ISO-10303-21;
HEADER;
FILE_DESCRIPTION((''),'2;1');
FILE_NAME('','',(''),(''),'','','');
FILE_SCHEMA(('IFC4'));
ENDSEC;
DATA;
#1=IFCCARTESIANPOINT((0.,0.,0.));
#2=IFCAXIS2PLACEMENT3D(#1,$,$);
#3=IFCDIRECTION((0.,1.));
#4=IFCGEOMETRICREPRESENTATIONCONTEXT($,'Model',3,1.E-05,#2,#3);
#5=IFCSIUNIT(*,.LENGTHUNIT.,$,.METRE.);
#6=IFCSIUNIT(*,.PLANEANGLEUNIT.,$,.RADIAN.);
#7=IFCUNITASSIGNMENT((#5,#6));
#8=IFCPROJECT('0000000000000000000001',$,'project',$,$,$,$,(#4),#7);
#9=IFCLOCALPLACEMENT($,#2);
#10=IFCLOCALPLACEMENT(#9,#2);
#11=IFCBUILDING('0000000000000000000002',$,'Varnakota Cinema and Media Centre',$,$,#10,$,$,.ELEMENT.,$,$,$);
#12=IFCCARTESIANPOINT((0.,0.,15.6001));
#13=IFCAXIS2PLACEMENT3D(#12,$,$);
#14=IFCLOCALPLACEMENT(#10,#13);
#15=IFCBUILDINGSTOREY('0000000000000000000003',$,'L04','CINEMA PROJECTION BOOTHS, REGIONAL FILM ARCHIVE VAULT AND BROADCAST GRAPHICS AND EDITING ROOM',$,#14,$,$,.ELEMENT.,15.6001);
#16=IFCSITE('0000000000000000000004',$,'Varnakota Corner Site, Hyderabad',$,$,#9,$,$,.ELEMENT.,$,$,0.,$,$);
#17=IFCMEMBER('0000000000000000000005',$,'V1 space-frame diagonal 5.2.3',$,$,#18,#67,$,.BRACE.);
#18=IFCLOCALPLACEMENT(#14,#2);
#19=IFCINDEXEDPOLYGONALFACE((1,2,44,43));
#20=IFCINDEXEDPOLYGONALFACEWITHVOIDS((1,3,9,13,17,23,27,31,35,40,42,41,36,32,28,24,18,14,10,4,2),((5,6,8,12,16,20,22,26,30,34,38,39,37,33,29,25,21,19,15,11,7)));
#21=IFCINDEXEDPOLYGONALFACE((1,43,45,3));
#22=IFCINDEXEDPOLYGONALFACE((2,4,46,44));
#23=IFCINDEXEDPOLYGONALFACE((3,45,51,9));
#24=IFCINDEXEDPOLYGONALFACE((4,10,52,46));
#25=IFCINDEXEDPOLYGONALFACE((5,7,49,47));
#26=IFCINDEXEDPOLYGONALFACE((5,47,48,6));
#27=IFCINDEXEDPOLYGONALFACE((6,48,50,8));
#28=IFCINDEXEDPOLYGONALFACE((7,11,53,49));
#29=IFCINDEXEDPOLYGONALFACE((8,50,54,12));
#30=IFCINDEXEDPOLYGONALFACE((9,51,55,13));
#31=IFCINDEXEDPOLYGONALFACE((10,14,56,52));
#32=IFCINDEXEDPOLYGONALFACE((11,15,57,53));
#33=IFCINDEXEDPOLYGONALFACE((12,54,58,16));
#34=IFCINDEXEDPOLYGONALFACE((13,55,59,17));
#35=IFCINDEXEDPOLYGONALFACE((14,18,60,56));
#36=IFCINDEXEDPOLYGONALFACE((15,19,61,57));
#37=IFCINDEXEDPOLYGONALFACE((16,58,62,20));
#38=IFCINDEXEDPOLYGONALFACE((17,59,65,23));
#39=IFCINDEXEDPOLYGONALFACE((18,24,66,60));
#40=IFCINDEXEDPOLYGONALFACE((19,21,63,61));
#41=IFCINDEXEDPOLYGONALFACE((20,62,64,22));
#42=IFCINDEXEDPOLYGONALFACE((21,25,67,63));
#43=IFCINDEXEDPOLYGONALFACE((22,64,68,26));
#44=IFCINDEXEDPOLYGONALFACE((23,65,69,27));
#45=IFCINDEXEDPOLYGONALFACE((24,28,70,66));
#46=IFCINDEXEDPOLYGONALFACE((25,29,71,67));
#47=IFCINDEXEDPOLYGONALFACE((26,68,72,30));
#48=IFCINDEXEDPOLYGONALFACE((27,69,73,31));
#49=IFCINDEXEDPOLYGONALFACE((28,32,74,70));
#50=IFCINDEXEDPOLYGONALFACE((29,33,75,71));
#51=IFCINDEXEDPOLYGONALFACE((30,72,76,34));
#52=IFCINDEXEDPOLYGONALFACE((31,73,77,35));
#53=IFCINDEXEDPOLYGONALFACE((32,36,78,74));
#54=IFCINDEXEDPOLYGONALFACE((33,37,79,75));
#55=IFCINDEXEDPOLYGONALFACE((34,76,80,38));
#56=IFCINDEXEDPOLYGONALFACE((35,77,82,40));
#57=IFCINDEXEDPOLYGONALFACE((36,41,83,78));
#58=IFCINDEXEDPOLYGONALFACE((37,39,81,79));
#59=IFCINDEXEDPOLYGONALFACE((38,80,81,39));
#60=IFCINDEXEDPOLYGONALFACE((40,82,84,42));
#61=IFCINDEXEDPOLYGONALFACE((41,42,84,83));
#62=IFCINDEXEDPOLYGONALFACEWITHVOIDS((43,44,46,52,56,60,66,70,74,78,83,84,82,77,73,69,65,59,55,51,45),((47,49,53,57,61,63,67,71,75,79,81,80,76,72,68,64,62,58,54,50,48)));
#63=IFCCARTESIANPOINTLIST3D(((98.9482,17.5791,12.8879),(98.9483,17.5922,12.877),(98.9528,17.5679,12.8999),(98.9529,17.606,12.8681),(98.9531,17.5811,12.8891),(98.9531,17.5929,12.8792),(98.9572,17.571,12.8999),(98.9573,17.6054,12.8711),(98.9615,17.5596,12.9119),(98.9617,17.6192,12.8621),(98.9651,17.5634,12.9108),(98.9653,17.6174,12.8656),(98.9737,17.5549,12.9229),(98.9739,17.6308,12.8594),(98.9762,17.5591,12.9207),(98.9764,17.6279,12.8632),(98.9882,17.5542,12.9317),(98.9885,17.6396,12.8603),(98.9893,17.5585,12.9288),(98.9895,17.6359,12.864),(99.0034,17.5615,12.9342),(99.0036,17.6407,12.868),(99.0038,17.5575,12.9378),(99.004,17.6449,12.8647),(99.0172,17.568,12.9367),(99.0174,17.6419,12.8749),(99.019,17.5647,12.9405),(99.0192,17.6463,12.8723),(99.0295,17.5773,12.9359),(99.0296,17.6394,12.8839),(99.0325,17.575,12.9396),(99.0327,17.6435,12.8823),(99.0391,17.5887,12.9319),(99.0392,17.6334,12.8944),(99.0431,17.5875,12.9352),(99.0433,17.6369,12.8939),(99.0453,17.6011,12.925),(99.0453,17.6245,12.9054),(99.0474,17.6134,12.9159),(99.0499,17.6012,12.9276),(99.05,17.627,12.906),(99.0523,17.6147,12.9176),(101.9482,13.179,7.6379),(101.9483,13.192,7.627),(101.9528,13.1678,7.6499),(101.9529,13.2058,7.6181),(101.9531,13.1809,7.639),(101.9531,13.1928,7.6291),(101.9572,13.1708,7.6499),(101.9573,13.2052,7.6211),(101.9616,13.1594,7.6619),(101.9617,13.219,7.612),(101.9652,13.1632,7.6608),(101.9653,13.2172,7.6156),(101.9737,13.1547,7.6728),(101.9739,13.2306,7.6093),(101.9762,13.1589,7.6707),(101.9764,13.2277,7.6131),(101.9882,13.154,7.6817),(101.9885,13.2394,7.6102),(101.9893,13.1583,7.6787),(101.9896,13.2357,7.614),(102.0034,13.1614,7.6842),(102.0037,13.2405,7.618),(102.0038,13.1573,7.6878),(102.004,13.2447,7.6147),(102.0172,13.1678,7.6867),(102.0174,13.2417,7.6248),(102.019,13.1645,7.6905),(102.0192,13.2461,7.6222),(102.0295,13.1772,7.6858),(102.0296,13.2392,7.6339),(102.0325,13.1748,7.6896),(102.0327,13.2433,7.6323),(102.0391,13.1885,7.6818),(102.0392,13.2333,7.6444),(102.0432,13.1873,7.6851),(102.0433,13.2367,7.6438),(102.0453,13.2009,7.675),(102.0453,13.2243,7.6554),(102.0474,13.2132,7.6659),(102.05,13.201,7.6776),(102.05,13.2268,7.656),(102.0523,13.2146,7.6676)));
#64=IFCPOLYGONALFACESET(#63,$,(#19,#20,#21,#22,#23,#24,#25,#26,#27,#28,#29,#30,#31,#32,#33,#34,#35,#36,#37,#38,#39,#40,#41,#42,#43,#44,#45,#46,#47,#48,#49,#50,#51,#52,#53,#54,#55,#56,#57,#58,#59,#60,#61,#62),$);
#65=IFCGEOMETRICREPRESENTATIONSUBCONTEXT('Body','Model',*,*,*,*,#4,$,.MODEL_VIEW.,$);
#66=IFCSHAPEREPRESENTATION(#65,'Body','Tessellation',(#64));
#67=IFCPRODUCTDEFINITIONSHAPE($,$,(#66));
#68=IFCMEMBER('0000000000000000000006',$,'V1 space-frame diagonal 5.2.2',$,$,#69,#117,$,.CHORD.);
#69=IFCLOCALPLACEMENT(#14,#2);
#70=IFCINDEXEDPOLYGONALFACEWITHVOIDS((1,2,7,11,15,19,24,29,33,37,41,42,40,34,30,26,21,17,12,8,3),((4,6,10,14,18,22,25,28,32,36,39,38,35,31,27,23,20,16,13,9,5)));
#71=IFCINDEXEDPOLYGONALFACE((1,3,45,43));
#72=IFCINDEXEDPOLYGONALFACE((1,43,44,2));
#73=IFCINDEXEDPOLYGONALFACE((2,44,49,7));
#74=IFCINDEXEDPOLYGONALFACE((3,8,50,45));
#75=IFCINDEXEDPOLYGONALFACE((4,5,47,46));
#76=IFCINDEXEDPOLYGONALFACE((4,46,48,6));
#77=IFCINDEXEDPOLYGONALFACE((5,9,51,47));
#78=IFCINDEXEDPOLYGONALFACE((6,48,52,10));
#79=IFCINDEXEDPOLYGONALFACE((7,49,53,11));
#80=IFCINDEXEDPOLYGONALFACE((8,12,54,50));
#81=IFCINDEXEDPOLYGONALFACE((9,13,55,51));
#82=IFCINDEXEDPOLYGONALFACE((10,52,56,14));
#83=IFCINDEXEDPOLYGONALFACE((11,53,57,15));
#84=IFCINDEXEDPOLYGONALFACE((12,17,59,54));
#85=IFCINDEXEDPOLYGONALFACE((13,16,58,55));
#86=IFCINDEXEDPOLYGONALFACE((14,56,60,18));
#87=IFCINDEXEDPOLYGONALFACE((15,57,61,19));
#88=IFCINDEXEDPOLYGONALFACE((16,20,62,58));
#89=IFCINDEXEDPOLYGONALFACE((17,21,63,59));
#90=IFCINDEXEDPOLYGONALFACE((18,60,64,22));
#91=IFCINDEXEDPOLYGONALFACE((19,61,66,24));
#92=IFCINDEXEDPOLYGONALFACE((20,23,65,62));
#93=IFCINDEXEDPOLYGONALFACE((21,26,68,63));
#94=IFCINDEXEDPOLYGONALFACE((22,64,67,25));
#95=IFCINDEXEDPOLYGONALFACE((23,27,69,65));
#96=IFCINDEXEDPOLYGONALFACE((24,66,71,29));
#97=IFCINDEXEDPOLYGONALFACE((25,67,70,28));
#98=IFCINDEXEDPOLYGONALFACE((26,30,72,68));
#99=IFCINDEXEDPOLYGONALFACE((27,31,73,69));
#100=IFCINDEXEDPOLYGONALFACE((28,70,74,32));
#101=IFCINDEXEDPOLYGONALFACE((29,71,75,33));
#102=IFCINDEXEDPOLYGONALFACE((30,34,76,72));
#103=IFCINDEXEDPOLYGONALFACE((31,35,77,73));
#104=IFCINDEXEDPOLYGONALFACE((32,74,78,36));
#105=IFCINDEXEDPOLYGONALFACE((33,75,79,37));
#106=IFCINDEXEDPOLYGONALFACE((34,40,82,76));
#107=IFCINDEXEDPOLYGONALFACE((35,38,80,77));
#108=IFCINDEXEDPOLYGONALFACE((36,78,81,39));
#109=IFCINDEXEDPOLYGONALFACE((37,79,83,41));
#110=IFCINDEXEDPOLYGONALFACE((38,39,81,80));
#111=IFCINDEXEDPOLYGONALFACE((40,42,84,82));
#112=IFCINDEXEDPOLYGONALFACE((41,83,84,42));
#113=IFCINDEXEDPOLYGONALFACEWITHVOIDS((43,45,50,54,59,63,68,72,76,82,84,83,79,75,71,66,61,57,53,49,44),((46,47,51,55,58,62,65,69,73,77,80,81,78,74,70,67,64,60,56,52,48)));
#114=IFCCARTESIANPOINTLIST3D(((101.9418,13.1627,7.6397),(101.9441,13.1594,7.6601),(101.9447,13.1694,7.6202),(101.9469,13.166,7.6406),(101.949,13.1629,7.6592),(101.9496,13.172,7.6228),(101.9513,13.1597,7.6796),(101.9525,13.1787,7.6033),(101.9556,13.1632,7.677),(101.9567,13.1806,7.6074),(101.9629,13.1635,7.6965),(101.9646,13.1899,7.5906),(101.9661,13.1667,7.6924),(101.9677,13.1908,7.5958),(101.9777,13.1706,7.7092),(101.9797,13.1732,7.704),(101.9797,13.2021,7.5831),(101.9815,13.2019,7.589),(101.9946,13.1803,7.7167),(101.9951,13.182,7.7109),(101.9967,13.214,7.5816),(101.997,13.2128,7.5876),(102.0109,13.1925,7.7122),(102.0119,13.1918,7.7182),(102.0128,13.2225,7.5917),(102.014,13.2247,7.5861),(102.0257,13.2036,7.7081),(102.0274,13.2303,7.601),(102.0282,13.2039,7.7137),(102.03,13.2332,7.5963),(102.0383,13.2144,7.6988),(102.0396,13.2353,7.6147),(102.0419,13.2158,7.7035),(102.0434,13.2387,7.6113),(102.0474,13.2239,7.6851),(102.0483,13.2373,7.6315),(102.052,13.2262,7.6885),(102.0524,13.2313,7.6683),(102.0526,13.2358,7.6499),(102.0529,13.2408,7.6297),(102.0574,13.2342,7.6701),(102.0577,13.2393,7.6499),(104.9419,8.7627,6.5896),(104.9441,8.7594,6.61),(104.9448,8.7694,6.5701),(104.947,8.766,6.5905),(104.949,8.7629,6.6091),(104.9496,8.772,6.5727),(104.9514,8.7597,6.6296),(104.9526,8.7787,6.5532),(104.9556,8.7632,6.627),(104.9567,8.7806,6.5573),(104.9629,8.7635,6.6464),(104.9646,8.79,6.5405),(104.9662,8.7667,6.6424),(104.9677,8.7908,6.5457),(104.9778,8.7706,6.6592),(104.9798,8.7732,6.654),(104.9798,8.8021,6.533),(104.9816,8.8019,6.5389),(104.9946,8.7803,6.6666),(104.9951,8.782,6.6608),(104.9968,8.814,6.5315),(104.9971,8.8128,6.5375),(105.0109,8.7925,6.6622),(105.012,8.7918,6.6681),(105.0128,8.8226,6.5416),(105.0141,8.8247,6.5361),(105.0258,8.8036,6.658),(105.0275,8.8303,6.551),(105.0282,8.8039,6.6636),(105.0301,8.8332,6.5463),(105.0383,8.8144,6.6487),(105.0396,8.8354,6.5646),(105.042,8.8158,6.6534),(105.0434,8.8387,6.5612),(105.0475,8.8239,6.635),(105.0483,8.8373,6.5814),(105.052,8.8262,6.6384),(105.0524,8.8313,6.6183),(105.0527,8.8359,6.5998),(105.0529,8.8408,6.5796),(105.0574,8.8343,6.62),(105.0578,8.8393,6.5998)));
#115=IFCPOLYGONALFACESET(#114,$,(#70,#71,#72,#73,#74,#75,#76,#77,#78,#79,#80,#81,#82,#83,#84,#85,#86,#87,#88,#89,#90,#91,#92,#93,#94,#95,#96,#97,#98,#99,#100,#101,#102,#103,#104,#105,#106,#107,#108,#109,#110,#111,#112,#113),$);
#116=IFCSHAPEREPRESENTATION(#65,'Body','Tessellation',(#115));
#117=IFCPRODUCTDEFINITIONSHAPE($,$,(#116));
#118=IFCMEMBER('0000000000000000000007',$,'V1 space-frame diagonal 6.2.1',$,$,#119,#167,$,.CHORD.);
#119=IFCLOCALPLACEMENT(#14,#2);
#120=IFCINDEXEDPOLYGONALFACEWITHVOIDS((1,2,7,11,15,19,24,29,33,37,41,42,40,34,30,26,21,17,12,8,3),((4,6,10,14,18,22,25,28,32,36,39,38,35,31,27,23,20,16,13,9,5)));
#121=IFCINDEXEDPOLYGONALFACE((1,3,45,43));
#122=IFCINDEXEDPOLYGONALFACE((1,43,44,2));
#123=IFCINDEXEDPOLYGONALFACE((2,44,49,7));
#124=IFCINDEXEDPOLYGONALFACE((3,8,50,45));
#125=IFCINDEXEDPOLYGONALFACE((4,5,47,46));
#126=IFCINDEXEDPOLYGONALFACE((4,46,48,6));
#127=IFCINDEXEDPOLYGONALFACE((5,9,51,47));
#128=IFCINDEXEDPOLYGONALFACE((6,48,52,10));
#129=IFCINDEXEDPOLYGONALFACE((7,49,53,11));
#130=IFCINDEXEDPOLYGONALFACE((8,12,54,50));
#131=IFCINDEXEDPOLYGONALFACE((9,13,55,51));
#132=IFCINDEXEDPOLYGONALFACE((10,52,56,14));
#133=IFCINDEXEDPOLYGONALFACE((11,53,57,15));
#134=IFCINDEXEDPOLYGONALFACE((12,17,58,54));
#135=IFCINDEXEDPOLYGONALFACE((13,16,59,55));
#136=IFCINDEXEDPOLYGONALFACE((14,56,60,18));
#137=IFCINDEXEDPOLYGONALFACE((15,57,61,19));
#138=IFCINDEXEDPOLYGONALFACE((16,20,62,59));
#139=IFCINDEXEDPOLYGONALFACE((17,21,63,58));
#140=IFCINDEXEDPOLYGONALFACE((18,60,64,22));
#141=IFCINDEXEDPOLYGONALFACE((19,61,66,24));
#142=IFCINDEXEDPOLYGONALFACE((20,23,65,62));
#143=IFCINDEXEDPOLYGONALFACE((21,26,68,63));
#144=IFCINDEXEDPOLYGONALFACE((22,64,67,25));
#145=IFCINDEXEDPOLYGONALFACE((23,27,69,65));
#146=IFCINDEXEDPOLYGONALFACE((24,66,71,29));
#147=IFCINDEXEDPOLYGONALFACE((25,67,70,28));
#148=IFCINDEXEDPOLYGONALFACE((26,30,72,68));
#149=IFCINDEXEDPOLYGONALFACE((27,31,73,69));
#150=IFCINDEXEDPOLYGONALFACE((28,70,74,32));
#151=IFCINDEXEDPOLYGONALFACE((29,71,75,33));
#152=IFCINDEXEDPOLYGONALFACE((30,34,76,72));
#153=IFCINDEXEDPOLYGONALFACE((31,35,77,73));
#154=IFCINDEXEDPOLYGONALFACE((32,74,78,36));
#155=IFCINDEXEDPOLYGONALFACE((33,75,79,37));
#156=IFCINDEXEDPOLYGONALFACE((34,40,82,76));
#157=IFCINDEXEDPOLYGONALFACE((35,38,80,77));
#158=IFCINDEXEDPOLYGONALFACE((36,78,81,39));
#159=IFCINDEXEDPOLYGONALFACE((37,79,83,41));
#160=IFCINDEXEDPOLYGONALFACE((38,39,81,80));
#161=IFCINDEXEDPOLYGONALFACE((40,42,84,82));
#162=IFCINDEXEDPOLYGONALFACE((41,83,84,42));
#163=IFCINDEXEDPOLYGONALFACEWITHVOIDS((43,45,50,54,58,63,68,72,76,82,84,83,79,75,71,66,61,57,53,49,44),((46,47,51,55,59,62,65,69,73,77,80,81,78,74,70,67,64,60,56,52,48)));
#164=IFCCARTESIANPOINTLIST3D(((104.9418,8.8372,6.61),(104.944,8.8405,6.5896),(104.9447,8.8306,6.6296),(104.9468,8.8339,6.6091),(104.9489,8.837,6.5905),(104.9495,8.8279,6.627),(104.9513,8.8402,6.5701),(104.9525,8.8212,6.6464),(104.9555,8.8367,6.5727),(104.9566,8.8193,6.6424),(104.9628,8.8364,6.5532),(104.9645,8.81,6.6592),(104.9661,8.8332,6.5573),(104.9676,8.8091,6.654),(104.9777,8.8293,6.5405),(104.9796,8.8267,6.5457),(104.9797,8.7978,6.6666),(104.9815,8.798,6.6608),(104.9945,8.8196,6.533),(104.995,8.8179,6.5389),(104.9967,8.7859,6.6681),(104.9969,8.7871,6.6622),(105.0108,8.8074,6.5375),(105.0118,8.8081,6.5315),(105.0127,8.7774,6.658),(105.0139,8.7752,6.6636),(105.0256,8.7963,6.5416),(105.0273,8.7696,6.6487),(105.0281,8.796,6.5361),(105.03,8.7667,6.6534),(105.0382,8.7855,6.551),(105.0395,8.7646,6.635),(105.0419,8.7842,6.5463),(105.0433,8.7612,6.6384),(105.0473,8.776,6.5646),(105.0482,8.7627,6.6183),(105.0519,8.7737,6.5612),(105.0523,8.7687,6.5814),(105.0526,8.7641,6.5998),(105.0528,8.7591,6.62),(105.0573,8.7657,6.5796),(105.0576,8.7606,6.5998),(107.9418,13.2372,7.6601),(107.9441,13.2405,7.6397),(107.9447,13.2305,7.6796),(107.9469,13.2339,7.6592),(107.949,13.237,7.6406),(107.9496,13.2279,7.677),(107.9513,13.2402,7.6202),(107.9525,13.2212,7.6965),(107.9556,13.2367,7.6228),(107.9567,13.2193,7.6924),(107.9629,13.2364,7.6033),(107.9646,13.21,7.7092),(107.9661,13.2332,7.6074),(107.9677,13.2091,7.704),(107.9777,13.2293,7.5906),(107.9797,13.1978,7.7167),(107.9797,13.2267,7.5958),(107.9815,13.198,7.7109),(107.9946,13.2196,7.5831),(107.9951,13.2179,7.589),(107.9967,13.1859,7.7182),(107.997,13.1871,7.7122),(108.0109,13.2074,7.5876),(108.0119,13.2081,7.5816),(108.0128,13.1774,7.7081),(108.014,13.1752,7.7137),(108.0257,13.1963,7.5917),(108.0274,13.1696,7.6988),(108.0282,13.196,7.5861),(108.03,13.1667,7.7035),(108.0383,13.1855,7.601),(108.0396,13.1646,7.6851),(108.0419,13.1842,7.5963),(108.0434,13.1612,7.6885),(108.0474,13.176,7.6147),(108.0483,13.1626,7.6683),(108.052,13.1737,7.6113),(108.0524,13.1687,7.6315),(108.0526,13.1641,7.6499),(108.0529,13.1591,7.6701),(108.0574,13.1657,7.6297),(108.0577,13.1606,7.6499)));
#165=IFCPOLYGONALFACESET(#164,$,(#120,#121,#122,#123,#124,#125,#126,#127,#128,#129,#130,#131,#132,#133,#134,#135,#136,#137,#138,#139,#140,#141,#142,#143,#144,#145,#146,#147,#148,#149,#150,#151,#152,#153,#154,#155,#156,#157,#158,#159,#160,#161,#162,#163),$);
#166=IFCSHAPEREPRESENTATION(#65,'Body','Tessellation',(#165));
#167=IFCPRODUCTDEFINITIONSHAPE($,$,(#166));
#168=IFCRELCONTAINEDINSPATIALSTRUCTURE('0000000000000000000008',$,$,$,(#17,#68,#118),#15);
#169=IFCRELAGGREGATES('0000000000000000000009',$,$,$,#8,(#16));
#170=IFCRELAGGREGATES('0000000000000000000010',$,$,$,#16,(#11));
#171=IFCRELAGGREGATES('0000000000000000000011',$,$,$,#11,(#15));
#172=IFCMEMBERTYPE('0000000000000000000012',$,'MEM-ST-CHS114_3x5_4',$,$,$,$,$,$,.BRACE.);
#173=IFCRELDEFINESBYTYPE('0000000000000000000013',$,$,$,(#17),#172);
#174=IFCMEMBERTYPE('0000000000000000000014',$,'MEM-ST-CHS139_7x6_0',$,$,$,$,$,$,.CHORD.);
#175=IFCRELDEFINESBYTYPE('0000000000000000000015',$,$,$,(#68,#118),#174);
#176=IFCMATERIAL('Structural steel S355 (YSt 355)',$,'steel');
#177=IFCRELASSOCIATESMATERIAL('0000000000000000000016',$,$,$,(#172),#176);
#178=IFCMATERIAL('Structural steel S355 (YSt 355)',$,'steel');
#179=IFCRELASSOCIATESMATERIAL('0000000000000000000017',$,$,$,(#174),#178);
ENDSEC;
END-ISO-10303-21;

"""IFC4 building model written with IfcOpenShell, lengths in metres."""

from ifc_helpers import new_model, si_unit, direction, frame, origin, origin_2d, place, context, subcontext, project, spatial, hollow_circle, extrude, material, material_profile, profile_set, type_object, element, save


model = new_model("IFC4")

# Units and contexts
model_context = context("Model", 3, precision=1e-05, world=origin(), true_north=direction((0.0, 1.0)))
body_context = subcontext(model_context, "Body", "Model", "MODEL_VIEW")
ifc_project = project(units=[si_unit("LENGTHUNIT", "METRE"), si_unit("PLANEANGLEUNIT", "RADIAN")], contexts=[model_context])

# Site, building, storey
site_placement = place(None, origin())
site = spatial("IfcSite", under=ifc_project, at=site_placement, Name="Varnakota Corner Site, Hyderabad", CompositionType="ELEMENT", RefElevation=0.0)
building_placement = place(site_placement, origin())
building = spatial("IfcBuilding", under=site, at=building_placement, Name="Varnakota Cinema and Media Centre", CompositionType="ELEMENT")
storey_placement = place(building_placement, frame((0.0, 0.0, 15.6001)))
storey = spatial("IfcBuildingStorey", under=building, at=storey_placement, Name="L04", Description="CINEMA PROJECTION BOOTHS, REGIONAL FILM ARCHIVE VAULT AND BROADCAST GRAPHICS AND EDITING ROOM", CompositionType="ELEMENT", Elevation=15.6001)

# Members
ifc_material_1 = material(Name="Structural steel S355 (YSt 355)", Category="steel")
ifc_material_profile_1 = material_profile(ifc_material_1, hollow_circle(Radius=0.0571, WallThickness=0.0054, at=origin_2d()), Name="CHS 114.3x5.4")
ifc_profile_set_1 = profile_set([ifc_material_profile_1], Name="Structural steel S355 (YSt 355)")
member_type_1 = type_object("IfcMemberType", Name="MEM-ST-CHS114_3x5_4", PredefinedType="BRACE", material=ifc_profile_set_1)
member_1_placement = place(storey_placement, frame((102.0, 13.2, 7.6499), z_axis=(-0.401165, 0.588395, 0.702039), x_axis=(-0.826236, -0.563324, 0.0)))
element("IfcMember", 1, at=member_1_placement, inside=storey, type_object=member_type_1, Name="V1 space-frame diagonal 5.2.3", PredefinedType="BRACE", context=body_context, shape_type="SweptSolid", body=[
    extrude(hollow_circle(Radius=0.0571, WallThickness=0.0054, at=origin_2d()), origin(), (0.0, 0.0, 1.0), 7.4783),
])
ifc_material_2 = material(Name="Structural steel S355 (YSt 355)", Category="steel")
ifc_material_profile_2 = material_profile(ifc_material_2, hollow_circle(Radius=0.0698, WallThickness=0.0061, at=origin_2d()), Name="CHS 139.7x6.0")
ifc_profile_set_2 = profile_set([ifc_material_profile_2], Name="Structural steel S355 (YSt 355)")
member_type_2 = type_object("IfcMemberType", Name="MEM-ST-CHS139_7x6_0", PredefinedType="CHORD", material=ifc_profile_set_2)
for number, where, z_axis, x_axis, name in (
    (2, (102.0, 13.2, 7.6499), (0.552703, -0.810613, -0.193455), (0.826222, 0.563345, 0.0), "V1 space-frame diagonal 5.2.2"),
    (3, (108.0, 13.2, 7.6499), (-0.552703, -0.810613, -0.193455), (0.826222, -0.563345, 0.0), "V1 space-frame diagonal 6.2.1"),
):
    element("IfcMember", number, at=place(storey_placement, frame(where, z_axis=z_axis, x_axis=x_axis)), inside=storey, type_object=member_type_2, Name=name, PredefinedType="CHORD", context=body_context, shape_type="SweptSolid", body=[
        extrude(hollow_circle(Radius=0.0698, WallThickness=0.0061, at=origin_2d()), origin(), (0.0, 0.0, 1.0), 5.428),
    ])

save(model, "model.ifc")
